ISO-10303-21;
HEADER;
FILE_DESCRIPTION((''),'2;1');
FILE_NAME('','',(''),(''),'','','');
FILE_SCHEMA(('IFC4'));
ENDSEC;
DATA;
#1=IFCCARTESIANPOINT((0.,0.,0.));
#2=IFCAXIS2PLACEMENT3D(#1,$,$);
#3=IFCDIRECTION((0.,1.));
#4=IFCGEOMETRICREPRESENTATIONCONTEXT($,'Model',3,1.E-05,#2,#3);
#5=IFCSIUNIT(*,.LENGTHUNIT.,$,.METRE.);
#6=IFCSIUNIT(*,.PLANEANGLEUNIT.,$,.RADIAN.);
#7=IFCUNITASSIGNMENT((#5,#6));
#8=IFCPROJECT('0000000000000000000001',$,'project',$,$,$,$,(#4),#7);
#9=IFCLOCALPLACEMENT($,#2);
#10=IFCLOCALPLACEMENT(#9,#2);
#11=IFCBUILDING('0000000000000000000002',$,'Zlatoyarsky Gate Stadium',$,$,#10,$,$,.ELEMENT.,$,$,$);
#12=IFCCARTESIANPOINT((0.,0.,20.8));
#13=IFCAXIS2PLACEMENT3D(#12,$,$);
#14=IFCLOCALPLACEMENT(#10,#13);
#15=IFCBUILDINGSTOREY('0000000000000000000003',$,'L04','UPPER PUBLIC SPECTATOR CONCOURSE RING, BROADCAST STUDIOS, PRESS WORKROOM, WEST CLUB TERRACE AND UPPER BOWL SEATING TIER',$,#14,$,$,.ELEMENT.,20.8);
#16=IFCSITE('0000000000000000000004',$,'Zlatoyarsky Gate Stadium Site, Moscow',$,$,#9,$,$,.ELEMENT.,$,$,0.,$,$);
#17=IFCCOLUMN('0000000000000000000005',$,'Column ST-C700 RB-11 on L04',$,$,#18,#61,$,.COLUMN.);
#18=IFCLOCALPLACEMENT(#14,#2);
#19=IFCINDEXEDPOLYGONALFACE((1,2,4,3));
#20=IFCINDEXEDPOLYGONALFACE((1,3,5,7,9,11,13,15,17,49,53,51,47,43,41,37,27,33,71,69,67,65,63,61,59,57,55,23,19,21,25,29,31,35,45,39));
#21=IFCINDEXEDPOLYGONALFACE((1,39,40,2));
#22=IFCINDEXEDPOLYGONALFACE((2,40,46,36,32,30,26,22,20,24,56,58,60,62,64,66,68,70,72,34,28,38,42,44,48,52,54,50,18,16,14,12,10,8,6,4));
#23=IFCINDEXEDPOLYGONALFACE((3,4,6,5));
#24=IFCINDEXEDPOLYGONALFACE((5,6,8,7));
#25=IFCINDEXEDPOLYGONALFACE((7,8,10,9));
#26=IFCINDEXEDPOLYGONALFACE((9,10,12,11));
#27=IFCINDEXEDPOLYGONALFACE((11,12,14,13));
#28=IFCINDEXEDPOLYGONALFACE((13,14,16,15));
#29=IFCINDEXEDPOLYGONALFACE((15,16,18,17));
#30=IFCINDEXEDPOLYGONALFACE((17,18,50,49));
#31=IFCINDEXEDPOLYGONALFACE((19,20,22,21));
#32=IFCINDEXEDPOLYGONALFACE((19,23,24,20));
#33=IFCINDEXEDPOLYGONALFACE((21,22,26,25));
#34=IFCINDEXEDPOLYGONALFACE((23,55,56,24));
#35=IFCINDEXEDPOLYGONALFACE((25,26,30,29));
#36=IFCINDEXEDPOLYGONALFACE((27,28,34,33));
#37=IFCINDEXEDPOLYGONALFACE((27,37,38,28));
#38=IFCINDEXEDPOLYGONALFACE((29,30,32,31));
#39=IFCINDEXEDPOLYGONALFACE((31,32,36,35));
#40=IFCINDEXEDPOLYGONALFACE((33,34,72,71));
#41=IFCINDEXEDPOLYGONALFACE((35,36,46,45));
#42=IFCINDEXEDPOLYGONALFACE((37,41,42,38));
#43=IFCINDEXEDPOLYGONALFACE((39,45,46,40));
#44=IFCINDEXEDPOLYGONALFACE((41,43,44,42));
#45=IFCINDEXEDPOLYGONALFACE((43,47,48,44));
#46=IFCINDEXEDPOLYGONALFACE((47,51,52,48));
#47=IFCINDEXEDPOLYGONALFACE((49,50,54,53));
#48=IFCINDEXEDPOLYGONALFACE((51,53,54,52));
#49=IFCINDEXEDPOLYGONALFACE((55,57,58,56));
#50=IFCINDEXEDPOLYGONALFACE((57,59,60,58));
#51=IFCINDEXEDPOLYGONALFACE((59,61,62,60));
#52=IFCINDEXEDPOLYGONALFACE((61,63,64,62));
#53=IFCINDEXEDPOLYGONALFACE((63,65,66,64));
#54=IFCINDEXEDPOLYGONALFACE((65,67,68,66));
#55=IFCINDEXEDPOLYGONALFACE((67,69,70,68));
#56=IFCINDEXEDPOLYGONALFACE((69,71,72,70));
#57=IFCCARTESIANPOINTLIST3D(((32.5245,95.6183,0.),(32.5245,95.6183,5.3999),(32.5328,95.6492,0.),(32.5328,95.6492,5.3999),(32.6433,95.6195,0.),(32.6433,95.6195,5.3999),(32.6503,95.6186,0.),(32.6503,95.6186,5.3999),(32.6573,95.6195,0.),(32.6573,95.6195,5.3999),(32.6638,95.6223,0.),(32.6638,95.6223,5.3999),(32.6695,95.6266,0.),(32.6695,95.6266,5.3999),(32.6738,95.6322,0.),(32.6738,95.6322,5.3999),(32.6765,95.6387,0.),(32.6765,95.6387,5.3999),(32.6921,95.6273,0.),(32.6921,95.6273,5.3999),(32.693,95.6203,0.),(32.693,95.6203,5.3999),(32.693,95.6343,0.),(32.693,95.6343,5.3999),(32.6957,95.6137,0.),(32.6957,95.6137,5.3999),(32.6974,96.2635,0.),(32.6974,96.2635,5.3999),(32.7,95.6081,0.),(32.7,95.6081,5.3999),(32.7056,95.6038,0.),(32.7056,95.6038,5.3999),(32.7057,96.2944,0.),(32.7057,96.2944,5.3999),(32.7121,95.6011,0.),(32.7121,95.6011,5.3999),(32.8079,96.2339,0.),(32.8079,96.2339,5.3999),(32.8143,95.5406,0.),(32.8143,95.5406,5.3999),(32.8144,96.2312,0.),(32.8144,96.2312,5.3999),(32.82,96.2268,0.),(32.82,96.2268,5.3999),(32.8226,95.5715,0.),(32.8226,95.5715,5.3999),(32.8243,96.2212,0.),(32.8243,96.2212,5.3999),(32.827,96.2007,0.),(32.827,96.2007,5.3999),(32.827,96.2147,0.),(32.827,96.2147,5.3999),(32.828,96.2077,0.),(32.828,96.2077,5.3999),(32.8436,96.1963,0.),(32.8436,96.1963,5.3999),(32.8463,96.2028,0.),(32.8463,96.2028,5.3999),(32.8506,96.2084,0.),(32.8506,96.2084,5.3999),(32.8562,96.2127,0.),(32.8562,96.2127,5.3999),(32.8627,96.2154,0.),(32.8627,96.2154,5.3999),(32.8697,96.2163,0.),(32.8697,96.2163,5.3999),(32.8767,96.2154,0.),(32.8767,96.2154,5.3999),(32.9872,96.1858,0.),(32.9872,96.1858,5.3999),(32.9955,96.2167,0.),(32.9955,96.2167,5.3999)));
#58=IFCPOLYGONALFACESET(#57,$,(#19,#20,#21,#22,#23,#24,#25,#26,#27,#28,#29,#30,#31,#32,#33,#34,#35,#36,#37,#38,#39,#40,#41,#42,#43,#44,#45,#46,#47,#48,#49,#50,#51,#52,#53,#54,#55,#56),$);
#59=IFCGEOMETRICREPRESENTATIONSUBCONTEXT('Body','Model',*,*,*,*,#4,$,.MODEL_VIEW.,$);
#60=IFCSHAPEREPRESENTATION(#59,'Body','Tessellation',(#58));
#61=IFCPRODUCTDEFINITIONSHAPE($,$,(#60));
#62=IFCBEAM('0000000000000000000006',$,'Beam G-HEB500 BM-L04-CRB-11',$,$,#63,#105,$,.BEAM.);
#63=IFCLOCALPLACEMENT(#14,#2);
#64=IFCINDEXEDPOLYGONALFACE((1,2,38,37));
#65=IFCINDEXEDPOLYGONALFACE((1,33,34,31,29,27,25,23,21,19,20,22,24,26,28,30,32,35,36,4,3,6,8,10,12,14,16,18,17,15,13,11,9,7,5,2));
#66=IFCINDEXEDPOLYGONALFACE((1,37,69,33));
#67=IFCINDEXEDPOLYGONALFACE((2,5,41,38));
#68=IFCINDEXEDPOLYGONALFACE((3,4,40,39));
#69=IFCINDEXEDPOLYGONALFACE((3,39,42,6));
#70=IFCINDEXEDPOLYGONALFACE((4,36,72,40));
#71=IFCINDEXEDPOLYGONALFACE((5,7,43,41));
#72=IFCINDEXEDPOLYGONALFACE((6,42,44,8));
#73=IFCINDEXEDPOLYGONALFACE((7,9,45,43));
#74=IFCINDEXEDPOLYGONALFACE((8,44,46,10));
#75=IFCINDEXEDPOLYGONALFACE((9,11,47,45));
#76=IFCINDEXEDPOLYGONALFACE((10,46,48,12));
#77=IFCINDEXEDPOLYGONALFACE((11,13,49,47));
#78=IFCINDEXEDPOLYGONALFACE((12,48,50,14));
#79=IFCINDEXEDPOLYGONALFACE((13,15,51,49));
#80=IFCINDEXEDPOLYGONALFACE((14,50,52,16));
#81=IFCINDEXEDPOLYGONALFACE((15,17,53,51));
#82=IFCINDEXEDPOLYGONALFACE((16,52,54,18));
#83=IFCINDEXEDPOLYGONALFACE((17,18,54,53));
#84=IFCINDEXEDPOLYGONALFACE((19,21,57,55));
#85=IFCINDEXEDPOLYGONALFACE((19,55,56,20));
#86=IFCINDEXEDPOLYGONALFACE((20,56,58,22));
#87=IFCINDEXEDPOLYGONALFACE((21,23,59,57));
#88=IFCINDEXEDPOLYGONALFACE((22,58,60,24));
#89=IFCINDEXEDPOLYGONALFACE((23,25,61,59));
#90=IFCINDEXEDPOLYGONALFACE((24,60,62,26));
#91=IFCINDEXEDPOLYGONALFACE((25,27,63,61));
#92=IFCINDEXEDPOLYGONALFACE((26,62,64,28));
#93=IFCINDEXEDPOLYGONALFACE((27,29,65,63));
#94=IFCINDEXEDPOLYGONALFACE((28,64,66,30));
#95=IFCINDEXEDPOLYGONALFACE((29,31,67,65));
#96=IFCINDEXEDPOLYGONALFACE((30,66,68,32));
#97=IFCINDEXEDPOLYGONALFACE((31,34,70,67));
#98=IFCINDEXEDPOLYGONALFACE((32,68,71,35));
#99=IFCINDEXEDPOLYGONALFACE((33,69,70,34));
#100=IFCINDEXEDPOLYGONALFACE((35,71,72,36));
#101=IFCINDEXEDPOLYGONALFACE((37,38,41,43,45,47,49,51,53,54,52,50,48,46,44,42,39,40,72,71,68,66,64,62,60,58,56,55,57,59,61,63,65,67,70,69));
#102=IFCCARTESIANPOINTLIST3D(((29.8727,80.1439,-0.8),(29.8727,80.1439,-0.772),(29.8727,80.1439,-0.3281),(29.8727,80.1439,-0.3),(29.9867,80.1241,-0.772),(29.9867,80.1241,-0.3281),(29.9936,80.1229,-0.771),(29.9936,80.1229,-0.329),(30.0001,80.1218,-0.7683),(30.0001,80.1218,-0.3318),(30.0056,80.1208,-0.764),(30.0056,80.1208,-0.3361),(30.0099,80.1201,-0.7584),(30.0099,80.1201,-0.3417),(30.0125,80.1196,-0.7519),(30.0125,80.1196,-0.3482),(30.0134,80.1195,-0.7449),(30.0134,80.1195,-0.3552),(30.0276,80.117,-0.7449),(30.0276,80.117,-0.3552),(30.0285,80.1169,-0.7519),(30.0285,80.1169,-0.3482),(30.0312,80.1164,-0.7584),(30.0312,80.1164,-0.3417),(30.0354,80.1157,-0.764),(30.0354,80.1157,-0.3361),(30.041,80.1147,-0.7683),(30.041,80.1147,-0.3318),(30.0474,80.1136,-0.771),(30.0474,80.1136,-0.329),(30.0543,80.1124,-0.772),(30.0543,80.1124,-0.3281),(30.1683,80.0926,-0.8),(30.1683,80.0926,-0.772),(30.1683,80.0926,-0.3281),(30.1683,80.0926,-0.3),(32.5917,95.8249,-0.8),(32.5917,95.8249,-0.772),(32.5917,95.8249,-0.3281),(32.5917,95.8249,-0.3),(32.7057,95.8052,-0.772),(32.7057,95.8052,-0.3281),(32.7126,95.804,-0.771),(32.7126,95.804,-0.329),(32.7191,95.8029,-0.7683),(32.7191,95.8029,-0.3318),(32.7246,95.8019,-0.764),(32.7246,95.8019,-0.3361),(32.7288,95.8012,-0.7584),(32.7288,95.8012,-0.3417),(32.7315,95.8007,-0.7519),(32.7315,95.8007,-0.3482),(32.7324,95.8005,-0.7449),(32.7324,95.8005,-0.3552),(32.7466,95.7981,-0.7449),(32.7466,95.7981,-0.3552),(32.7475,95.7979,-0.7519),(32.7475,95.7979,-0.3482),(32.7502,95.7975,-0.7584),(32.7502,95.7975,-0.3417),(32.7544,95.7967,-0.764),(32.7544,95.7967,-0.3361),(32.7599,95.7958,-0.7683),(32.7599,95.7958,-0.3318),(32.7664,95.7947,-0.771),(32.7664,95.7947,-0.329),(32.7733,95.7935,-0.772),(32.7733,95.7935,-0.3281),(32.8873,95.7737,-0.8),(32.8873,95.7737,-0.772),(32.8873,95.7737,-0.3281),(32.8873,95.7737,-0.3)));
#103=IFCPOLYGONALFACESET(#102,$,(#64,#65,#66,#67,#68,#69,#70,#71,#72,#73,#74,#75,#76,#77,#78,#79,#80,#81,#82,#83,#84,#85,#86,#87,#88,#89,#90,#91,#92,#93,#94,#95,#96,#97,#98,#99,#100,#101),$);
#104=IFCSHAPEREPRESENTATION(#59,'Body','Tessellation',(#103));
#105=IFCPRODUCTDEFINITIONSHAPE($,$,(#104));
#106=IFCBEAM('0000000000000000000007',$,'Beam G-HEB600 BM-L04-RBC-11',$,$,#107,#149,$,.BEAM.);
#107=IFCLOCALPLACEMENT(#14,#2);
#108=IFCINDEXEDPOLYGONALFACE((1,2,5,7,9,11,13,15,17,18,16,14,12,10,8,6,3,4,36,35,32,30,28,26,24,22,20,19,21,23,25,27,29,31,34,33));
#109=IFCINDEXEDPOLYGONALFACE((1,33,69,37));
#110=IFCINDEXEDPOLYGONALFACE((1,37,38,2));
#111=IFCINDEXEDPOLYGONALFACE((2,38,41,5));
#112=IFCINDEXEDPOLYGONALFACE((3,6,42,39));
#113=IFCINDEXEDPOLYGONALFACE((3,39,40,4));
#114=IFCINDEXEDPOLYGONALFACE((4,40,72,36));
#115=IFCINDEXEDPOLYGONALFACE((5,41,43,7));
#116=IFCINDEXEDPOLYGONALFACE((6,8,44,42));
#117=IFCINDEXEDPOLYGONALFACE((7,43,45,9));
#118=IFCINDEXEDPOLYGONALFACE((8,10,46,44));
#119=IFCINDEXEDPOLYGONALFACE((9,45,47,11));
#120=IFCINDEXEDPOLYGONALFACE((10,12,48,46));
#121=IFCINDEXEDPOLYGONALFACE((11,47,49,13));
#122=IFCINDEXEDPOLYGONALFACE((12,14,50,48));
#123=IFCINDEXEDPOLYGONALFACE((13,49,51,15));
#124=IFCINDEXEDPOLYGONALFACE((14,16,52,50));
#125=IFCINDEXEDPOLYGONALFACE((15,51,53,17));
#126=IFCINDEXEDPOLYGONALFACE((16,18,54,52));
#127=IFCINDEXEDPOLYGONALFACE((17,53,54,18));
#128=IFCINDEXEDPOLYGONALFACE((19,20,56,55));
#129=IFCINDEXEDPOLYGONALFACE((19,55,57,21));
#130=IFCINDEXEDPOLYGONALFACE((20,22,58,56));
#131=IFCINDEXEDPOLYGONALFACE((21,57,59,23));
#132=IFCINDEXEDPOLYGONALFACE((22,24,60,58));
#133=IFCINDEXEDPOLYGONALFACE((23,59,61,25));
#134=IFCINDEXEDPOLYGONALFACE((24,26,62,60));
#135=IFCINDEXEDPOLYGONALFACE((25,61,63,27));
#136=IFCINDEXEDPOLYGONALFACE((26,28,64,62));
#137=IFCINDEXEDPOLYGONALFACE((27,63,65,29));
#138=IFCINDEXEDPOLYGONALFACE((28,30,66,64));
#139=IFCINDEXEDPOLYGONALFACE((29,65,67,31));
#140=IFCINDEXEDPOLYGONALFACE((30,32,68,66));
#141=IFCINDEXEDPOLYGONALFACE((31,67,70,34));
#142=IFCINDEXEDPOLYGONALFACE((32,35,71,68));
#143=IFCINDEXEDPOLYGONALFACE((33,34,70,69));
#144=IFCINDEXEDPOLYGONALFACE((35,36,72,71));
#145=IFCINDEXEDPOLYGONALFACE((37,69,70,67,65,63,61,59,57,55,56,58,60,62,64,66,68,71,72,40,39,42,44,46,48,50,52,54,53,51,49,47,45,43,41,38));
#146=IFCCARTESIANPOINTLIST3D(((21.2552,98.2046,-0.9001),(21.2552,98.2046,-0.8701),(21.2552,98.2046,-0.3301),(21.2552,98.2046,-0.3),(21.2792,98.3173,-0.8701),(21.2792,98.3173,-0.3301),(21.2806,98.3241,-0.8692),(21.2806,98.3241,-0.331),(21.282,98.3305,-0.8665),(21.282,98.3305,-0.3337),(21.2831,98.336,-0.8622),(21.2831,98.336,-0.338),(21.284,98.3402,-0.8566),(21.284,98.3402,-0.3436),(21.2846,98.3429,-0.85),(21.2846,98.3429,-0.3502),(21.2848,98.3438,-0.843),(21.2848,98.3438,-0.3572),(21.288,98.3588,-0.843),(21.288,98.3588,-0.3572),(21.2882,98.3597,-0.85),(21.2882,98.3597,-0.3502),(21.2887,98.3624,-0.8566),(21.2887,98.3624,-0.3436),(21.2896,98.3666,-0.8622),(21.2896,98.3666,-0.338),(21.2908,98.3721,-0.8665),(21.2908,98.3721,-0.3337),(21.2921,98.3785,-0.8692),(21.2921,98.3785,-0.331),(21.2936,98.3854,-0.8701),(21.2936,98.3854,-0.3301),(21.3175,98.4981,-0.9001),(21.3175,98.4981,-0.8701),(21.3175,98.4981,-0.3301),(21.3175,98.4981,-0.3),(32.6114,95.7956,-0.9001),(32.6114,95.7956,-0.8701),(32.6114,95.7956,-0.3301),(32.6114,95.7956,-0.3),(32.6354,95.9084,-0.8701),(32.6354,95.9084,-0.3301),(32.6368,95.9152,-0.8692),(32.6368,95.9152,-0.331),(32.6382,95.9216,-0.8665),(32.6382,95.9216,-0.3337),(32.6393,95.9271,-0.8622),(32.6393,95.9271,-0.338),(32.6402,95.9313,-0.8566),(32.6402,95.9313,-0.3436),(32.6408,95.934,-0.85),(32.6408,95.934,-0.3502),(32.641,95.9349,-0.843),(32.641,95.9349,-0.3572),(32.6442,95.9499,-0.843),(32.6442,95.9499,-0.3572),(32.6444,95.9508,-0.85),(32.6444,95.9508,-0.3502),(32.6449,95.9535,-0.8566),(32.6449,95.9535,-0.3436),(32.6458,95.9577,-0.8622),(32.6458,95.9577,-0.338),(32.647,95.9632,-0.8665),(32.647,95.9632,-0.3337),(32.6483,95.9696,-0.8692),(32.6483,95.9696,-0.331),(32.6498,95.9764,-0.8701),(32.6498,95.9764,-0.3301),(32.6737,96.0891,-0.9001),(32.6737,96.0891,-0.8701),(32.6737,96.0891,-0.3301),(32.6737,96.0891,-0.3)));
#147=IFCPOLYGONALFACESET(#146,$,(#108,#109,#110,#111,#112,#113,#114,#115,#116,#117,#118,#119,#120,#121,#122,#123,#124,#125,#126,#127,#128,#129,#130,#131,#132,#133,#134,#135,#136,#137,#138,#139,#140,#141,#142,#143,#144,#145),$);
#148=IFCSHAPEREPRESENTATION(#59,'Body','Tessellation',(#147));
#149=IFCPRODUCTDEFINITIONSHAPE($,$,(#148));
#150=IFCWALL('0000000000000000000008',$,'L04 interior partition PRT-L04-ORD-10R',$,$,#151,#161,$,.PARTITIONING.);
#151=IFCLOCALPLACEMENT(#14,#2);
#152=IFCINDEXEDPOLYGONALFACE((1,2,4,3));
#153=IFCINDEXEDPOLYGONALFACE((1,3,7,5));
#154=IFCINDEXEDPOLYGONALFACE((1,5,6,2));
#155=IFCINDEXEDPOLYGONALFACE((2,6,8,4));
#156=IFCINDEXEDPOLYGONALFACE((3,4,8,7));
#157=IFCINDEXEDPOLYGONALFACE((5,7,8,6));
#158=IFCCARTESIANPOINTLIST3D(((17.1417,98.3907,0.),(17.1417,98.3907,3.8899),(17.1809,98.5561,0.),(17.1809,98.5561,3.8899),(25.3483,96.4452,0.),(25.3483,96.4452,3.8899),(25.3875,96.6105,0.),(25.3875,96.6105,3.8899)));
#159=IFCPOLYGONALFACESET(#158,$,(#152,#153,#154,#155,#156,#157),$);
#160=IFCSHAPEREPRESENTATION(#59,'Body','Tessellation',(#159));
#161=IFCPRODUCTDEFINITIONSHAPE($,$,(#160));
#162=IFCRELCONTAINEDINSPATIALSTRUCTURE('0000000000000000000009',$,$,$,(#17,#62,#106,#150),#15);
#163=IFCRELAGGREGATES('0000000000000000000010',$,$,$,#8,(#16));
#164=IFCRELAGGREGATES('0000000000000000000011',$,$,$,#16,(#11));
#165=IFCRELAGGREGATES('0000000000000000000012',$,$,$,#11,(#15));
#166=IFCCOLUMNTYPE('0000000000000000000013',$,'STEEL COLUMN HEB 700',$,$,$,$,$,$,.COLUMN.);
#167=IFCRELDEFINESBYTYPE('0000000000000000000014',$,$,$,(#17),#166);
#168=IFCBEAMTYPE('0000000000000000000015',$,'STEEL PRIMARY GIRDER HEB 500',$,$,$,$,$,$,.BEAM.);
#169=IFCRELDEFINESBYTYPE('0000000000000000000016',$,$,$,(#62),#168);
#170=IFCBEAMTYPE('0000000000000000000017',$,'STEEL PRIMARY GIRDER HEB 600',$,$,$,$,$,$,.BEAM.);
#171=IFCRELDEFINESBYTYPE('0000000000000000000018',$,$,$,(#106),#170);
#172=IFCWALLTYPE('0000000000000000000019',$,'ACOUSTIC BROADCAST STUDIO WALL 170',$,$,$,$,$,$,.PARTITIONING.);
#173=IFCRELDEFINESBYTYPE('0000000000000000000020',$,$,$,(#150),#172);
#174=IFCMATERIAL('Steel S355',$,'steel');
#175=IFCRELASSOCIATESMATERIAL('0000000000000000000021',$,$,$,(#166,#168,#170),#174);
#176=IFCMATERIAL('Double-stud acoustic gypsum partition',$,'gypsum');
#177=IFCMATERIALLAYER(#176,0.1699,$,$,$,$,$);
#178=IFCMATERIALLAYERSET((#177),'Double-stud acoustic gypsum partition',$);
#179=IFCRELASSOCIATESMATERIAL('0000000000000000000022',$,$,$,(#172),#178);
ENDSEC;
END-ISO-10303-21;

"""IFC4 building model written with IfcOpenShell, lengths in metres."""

from ifc_helpers import new_model, si_unit, direction, frame, frame_2d, origin, origin_2d, place, context, subcontext, project, spatial, rectangle, i_section, extrude, material, layer, layer_set, material_profile, profile_set, type_object, element, save


model = new_model("IFC4")

# Units and contexts
model_context = context("Model", 3, precision=1e-05, world=origin(), true_north=direction((0.0, 1.0)))
body_context = subcontext(model_context, "Body", "Model", "MODEL_VIEW")
ifc_project = project(units=[si_unit("LENGTHUNIT", "METRE"), si_unit("PLANEANGLEUNIT", "RADIAN")], contexts=[model_context])

# Site, building, storey
site_placement = place(None, origin())
site = spatial("IfcSite", under=ifc_project, at=site_placement, Name="Zlatoyarsky Gate Stadium Site, Moscow", CompositionType="ELEMENT", RefElevation=0.0)
building_placement = place(site_placement, origin())
building = spatial("IfcBuilding", under=site, at=building_placement, Name="Zlatoyarsky Gate Stadium", CompositionType="ELEMENT")
storey_placement = place(building_placement, frame((0.0, 0.0, 20.8)))
storey = spatial("IfcBuildingStorey", under=building, at=storey_placement, Name="L04", Description="UPPER PUBLIC SPECTATOR CONCOURSE RING, BROADCAST STUDIOS, PRESS WORKROOM, WEST CLUB TERRACE AND UPPER BOWL SEATING TIER", CompositionType="ELEMENT", Elevation=20.8)

# Column
ifc_material_1 = material(Name="Steel S355", Category="steel")
ifc_material_profile_1 = material_profile(ifc_material_1, i_section(OverallWidth=0.3, OverallDepth=0.7, WebThickness=0.0171, FlangeThickness=0.032, FilletRadius=0.0271, at=origin_2d()), Name="HEB 700")
ifc_profile_set_1 = profile_set([ifc_material_profile_1], Name="Steel S355")
column_type = type_object("IfcColumnType", Name="STEEL COLUMN HEB 700", PredefinedType="COLUMN", material=ifc_profile_set_1)
column_placement = place(storey_placement, frame((32.76, 95.9175, 0.0), z_axis=(0.0, 0.0, 1.0), x_axis=(-0.965926, 0.258819, 0.0)))
element("IfcColumn", 1, at=column_placement, inside=storey, type_object=column_type, Name="Column ST-C700 RB-11 on L04", PredefinedType="COLUMN", context=body_context, shape_type="SweptSolid", body=[
    extrude(i_section(OverallWidth=0.3, OverallDepth=0.7, WebThickness=0.0171, FlangeThickness=0.032, FilletRadius=0.0271, at=origin_2d()), origin(), (0.0, 0.0, 1.0), 5.3999),
])

# Beams
ifc_material_profile_2 = material_profile(ifc_material_1, i_section(OverallWidth=0.3, OverallDepth=0.5, WebThickness=0.0144, FlangeThickness=0.0281, FilletRadius=0.0271, at=origin_2d()), Name="HEB 500")
ifc_profile_set_2 = profile_set([ifc_material_profile_2], Name="Steel S355")
beam_type_1 = type_object("IfcBeamType", Name="STEEL PRIMARY GIRDER HEB 500", PredefinedType="BEAM", material=ifc_profile_set_2)
beam_1_placement = place(storey_placement, frame((32.7395, 95.7993, -0.55), z_axis=(-0.170843, -0.985298, 0.0), x_axis=(0.985298, -0.170843, 0.0)))
element("IfcBeam", 2, at=beam_1_placement, inside=storey, type_object=beam_type_1, Name="Beam G-HEB500 BM-L04-CRB-11", PredefinedType="BEAM", context=body_context, shape_type="SweptSolid", body=[
    extrude(i_section(OverallWidth=0.3, OverallDepth=0.5, WebThickness=0.0144, FlangeThickness=0.0281, FilletRadius=0.0271, at=origin_2d()), origin(), (0.0, 0.0, 1.0), 15.915),
])
ifc_material_profile_3 = material_profile(ifc_material_1, i_section(OverallWidth=0.3, OverallDepth=0.6001, WebThickness=0.0154, FlangeThickness=0.03, FilletRadius=0.0271, at=origin_2d()), Name="HEB 600")
ifc_profile_set_3 = profile_set([ifc_material_profile_3], Name="Steel S355")
beam_type_2 = type_object("IfcBeamType", Name="STEEL PRIMARY GIRDER HEB 600", PredefinedType="BEAM", material=ifc_profile_set_3)
beam_2_placement = place(storey_placement, frame((32.6426, 95.9424, -0.6001), z_axis=(-0.978233, 0.207508, 0.0), x_axis=(-0.207508, -0.978233, 0.0)))
element("IfcBeam", 3, at=beam_2_placement, inside=storey, type_object=beam_type_2, Name="Beam G-HEB600 BM-L04-RBC-11", PredefinedType="BEAM", context=body_context, shape_type="SweptSolid", body=[
    extrude(i_section(OverallWidth=0.3, OverallDepth=0.6001, WebThickness=0.0154, FlangeThickness=0.03, FilletRadius=0.0271, at=origin_2d()), origin(), (0.0, 0.0, 1.0), 11.6089),
])

# Wall
ifc_material_2 = material(Name="Double-stud acoustic gypsum partition", Category="gypsum")
ifc_layer_1 = layer(ifc_material_2, 0.1699)
ifc_layer_set_1 = layer_set([ifc_layer_1], Name="Double-stud acoustic gypsum partition")
wall_type_1 = type_object("IfcWallType", Name="ACOUSTIC BROADCAST STUDIO WALL 170", PredefinedType="PARTITIONING", material=ifc_layer_set_1)
wall_1_placement = place(storey_placement, frame((25.3679, 96.5278, 0.0), z_axis=(0.0, 0.0, 1.0), x_axis=(-0.97303, 0.23068, 0.0)))
element("IfcWall", 4, at=wall_1_placement, inside=storey, type_object=wall_type_1, Name="L04 interior partition PRT-L04-ORD-10R", PredefinedType="PARTITIONING", context=body_context, shape_type="SweptSolid", body=[
    extrude(rectangle(XDim=8.4341, YDim=0.1699, at=frame_2d((4.217, 0.0))), origin(), (0.0, 0.0, 1.0), 3.8899),
])

save(model, "model.ifc")
